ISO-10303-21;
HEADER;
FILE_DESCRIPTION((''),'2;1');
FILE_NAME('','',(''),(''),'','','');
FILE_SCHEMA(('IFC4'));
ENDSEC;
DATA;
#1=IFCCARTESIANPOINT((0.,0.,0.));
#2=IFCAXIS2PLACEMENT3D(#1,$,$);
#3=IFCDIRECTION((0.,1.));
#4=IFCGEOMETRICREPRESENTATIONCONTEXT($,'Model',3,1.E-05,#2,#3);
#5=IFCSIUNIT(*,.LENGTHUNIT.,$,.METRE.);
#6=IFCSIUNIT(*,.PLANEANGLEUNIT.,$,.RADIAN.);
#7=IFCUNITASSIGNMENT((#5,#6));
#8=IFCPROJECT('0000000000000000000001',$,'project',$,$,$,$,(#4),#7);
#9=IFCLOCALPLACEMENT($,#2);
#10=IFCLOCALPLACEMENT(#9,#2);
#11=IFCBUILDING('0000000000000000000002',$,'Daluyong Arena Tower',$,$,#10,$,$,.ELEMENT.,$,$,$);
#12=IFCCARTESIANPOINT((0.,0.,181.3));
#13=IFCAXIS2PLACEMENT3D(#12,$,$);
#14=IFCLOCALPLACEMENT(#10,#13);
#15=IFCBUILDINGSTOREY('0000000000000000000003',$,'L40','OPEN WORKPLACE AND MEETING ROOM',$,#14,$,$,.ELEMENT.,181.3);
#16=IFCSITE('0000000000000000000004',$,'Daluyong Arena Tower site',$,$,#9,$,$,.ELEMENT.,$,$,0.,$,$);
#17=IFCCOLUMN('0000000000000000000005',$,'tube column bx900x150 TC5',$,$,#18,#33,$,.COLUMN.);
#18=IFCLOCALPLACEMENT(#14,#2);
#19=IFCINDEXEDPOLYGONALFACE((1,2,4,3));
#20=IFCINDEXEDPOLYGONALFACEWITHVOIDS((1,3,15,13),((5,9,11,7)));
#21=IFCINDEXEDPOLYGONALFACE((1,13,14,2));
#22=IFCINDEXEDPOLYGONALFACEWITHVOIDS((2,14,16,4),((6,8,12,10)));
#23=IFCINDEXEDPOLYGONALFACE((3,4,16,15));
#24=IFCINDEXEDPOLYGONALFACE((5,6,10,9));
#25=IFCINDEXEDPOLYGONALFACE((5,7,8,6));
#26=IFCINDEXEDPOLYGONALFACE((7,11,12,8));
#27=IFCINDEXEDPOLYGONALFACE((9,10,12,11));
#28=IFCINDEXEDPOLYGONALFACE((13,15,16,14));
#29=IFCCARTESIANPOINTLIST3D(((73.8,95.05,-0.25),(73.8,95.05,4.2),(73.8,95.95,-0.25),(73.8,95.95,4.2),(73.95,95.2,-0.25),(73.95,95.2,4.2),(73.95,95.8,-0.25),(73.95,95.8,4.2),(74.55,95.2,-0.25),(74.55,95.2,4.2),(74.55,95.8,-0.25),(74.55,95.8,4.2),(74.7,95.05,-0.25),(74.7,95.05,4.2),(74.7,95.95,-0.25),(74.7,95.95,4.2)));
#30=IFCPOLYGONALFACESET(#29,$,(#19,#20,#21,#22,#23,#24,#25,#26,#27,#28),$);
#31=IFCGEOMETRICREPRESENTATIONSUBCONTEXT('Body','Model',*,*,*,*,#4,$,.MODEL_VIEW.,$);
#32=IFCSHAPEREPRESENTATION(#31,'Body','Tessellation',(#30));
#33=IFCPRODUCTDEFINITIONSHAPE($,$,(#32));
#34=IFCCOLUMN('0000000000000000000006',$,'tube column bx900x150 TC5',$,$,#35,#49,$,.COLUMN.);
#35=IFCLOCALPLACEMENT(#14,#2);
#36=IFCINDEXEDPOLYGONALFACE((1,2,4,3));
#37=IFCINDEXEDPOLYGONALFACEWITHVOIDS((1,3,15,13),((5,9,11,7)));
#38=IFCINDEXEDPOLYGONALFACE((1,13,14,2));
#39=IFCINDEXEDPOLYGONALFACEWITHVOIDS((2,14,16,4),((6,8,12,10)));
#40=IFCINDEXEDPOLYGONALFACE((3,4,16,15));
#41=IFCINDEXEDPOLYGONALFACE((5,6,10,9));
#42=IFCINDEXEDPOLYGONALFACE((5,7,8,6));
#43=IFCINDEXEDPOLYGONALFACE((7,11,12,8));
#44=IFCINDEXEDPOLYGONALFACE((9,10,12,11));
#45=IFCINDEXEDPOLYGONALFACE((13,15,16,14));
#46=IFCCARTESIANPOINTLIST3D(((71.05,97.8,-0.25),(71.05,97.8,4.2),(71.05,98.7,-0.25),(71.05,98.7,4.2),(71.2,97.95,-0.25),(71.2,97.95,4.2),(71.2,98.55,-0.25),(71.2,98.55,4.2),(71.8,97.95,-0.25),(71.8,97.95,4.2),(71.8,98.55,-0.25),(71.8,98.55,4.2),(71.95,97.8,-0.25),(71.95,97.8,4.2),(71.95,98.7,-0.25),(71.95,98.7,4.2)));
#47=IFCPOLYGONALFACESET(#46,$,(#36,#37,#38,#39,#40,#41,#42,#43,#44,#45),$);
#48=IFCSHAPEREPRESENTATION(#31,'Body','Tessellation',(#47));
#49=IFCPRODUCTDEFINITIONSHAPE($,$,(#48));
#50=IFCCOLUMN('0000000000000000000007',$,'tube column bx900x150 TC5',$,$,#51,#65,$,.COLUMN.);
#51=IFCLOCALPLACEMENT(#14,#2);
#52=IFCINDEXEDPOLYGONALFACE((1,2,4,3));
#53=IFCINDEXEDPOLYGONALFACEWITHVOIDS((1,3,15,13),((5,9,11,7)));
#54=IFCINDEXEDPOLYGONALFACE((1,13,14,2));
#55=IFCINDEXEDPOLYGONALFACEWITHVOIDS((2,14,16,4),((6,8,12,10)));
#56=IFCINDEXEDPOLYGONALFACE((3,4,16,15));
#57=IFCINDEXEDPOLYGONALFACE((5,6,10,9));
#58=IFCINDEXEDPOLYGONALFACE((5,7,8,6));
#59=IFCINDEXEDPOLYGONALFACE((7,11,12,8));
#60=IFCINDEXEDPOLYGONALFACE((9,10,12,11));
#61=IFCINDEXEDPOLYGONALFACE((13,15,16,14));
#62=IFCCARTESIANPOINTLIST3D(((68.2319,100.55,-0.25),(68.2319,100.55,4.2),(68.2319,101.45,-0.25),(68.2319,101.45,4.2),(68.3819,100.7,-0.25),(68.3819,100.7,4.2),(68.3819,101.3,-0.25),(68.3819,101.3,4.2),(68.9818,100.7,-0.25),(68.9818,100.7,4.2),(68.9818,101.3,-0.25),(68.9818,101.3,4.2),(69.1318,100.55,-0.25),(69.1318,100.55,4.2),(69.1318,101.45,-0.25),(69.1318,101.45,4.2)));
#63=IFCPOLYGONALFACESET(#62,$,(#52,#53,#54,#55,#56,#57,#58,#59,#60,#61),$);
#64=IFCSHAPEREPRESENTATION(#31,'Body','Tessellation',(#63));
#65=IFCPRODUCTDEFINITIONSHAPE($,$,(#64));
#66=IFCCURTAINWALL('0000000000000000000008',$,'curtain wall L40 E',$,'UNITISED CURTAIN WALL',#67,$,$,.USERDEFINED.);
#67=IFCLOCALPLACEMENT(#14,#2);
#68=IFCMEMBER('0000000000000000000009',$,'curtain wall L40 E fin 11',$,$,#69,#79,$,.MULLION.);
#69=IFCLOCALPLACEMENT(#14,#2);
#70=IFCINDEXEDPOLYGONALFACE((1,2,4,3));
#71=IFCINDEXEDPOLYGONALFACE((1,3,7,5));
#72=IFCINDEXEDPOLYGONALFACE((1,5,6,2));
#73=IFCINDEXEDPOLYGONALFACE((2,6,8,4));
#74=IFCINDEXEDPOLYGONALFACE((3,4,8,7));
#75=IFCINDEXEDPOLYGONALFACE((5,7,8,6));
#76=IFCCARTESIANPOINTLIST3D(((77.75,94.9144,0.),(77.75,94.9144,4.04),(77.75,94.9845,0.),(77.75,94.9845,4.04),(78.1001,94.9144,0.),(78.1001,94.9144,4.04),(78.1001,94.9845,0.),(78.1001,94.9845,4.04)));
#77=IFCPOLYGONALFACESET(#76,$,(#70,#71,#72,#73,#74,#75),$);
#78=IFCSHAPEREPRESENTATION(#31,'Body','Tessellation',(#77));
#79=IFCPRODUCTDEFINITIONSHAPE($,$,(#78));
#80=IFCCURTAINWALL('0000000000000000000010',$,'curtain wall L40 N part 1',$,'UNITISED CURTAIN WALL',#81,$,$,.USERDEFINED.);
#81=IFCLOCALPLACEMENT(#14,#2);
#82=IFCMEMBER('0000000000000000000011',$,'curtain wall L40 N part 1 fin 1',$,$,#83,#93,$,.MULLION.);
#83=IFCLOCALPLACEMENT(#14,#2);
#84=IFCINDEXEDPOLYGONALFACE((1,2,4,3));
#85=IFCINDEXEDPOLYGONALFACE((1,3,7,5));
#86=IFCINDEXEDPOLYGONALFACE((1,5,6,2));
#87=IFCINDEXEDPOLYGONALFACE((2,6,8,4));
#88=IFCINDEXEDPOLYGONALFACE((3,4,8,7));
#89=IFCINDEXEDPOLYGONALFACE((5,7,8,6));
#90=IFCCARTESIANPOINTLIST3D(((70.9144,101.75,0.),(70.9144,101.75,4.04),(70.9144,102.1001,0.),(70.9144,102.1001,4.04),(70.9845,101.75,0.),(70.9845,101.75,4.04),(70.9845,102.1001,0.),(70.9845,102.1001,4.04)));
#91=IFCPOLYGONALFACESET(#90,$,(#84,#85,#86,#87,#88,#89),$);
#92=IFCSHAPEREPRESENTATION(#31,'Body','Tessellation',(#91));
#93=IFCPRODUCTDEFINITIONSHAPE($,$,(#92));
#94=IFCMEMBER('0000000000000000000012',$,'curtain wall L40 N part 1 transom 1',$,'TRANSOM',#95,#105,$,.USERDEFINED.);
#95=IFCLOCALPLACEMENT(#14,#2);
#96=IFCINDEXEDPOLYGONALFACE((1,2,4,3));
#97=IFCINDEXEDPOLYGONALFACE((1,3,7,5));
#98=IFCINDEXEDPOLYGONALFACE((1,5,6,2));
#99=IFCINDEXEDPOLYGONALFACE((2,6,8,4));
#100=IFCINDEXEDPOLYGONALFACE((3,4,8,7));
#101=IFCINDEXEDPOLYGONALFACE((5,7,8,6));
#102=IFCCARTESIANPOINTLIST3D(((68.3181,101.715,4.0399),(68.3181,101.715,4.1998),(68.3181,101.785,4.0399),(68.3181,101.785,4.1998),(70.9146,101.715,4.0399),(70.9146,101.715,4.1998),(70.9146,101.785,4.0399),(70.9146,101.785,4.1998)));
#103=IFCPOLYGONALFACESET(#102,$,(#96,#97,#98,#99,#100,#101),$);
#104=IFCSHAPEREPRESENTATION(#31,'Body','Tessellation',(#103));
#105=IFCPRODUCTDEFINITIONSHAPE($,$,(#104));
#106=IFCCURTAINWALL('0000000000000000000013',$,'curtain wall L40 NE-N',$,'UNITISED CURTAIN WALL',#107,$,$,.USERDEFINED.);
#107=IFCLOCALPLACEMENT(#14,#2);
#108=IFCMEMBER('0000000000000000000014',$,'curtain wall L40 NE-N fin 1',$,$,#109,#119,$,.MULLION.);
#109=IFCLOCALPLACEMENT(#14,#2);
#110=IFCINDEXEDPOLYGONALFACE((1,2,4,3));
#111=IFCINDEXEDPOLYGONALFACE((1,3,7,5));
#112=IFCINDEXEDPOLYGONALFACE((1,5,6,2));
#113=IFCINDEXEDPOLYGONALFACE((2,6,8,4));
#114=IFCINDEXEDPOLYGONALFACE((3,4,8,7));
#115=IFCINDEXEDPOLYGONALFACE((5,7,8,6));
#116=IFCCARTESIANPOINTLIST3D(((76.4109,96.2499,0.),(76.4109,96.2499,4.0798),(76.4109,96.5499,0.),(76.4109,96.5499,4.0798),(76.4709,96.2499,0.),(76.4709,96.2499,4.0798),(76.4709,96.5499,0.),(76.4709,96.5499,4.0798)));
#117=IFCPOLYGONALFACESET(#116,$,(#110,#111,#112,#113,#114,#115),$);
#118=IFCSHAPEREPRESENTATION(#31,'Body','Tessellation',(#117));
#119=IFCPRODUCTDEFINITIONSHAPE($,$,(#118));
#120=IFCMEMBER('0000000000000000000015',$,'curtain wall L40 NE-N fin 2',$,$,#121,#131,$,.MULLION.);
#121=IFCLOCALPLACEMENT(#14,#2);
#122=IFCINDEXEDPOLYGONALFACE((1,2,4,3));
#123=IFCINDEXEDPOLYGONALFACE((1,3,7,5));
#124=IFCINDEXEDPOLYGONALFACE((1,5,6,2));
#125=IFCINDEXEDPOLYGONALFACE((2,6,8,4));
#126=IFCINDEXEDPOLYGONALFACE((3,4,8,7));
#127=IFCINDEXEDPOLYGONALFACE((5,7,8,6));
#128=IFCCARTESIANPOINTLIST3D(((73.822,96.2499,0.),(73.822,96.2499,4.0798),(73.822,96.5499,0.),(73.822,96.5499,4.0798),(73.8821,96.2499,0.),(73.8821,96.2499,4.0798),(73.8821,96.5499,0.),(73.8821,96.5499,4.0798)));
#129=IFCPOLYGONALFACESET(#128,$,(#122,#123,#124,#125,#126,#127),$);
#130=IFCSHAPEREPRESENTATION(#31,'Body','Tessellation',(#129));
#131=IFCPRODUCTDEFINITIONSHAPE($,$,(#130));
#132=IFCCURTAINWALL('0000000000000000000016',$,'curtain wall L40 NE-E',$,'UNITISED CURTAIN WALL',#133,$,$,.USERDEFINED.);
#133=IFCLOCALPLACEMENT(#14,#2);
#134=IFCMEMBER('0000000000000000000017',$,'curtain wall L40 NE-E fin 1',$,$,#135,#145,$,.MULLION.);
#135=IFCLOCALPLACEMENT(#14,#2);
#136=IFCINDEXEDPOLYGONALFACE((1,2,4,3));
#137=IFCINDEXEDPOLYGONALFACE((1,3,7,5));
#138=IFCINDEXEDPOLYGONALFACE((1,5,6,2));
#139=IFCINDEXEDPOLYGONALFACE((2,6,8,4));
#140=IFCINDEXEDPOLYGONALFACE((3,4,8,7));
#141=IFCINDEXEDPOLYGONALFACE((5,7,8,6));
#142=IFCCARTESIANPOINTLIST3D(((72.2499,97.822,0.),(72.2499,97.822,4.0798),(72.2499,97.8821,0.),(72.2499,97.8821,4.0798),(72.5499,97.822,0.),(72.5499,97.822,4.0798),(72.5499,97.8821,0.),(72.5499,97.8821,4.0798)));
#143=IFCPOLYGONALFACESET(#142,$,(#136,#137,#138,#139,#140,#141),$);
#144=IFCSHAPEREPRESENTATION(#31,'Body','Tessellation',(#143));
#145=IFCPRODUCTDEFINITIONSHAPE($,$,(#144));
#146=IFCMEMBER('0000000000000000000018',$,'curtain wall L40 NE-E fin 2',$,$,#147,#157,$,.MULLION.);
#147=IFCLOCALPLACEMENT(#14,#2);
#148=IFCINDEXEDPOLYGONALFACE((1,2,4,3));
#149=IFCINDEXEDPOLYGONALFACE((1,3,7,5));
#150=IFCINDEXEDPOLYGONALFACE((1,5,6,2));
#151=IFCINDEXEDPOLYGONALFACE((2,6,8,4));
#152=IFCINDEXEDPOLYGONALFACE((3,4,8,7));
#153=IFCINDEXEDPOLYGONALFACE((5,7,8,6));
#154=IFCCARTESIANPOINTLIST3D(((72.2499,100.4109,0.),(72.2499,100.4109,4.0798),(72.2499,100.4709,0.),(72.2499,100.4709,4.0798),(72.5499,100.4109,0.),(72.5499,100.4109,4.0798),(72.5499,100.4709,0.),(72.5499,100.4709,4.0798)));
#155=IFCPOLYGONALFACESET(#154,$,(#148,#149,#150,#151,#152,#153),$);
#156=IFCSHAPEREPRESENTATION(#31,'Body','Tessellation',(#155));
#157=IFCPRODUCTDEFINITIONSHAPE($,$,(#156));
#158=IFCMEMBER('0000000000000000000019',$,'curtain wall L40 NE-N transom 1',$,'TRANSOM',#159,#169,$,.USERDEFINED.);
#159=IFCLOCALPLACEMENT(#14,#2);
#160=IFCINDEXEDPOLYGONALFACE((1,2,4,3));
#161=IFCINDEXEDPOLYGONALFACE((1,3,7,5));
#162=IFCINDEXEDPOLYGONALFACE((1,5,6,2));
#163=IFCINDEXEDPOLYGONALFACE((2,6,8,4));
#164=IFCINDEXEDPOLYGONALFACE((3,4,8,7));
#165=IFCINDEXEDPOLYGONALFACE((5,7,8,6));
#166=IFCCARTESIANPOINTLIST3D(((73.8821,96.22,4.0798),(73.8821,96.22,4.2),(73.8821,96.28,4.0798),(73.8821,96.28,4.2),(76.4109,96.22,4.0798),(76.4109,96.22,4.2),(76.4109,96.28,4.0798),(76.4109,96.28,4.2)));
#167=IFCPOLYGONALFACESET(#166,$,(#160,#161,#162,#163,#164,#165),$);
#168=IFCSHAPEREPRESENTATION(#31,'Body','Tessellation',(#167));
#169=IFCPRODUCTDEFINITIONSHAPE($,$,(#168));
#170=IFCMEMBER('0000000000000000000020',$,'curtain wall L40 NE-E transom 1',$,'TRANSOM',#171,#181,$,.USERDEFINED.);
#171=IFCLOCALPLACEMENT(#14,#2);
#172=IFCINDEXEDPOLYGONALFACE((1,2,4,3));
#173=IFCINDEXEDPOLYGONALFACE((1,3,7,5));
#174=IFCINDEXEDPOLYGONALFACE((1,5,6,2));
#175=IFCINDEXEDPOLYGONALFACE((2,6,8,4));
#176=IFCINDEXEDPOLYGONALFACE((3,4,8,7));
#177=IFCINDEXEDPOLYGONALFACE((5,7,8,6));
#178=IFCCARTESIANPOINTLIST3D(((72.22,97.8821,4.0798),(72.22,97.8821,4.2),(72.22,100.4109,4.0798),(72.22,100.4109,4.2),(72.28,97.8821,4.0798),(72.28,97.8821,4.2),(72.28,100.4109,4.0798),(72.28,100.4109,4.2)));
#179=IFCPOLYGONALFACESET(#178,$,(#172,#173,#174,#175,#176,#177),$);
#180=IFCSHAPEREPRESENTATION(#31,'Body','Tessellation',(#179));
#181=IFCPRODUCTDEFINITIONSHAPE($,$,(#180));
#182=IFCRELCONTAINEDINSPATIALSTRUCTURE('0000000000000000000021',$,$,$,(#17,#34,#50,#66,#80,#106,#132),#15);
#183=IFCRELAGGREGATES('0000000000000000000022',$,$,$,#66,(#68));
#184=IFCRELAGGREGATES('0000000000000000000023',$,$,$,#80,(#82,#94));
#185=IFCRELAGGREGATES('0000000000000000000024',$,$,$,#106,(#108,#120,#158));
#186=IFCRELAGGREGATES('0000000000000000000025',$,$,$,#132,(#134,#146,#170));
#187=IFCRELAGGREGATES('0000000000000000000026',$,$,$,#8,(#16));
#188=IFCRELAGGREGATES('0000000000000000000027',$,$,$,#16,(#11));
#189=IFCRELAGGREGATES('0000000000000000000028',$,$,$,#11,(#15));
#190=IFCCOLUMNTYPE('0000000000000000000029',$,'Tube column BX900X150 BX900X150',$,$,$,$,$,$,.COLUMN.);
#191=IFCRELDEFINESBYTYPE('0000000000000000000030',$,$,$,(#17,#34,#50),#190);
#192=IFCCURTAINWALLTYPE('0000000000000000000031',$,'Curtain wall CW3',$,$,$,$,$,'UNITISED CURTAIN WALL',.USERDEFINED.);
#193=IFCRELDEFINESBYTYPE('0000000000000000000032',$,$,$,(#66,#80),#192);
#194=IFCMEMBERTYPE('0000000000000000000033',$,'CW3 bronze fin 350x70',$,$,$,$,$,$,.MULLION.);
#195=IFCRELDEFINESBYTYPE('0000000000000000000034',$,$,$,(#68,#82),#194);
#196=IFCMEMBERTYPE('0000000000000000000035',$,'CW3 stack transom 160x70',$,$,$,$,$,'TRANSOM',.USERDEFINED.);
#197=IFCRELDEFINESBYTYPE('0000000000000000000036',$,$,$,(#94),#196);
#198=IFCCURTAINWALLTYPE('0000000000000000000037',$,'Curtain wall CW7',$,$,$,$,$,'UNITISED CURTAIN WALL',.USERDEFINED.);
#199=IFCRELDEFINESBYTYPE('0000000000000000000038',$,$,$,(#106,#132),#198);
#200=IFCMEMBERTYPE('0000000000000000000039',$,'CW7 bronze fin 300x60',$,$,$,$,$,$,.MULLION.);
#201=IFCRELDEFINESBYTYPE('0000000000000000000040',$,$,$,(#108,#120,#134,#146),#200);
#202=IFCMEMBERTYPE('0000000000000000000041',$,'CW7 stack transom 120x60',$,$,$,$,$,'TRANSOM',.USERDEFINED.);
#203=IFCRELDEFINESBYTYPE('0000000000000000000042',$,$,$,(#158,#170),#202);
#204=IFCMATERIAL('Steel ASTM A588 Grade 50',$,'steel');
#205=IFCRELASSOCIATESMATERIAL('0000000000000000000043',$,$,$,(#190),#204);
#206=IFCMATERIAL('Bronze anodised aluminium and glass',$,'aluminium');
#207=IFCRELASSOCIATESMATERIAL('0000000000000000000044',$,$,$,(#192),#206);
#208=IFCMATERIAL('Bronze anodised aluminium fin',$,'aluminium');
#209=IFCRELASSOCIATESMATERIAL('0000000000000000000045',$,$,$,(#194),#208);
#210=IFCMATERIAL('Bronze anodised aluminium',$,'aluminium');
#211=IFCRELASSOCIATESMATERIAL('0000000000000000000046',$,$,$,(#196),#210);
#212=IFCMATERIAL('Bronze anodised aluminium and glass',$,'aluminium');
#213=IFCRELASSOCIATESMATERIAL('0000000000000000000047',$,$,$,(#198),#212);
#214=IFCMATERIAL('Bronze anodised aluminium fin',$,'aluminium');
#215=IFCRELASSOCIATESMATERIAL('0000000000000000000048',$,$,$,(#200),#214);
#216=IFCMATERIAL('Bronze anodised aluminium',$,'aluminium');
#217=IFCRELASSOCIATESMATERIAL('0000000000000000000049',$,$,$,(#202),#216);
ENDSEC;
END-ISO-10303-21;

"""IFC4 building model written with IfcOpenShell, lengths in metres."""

from ifc_helpers import new_model, si_unit, direction, frame, origin, origin_2d, place, context, subcontext, project, spatial, rectangle, hollow_rectangle, extrude, material, material_profile, profile_set, type_object, element, aggregate, save


model = new_model("IFC4")

# Units and contexts
model_context = context("Model", 3, precision=1e-05, world=origin(), true_north=direction((0.0, 1.0)))
body_context = subcontext(model_context, "Body", "Model", "MODEL_VIEW")
ifc_project = project(units=[si_unit("LENGTHUNIT", "METRE"), si_unit("PLANEANGLEUNIT", "RADIAN")], contexts=[model_context])

# Site, building, storey
site_placement = place(None, origin())
site = spatial("IfcSite", under=ifc_project, at=site_placement, Name="Daluyong Arena Tower site", CompositionType="ELEMENT", RefElevation=0.0)
building_placement = place(site_placement, origin())
building = spatial("IfcBuilding", under=site, at=building_placement, Name="Daluyong Arena Tower", CompositionType="ELEMENT")
storey_placement = place(building_placement, frame((0.0, 0.0, 181.3)))
storey = spatial("IfcBuildingStorey", under=building, at=storey_placement, Name="L40", Description="OPEN WORKPLACE AND MEETING ROOM", CompositionType="ELEMENT", Elevation=181.3)

# Columns
ifc_material_1 = material(Name="Steel ASTM A588 Grade 50", Category="steel")
ifc_material_profile_1 = material_profile(ifc_material_1, hollow_rectangle(XDim=0.8999, YDim=0.8999, WallThickness=0.15, at=origin_2d()))
ifc_profile_set_1 = profile_set([ifc_material_profile_1], Name="Steel ASTM A588 Grade 50")
column_type_1 = type_object("IfcColumnType", Name="Tube column BX900X150 BX900X150", PredefinedType="COLUMN", material=ifc_profile_set_1)
for number, where, z_axis, x_axis, name in (
    (1, (74.25, 95.5, -0.25), (0.0, 0.0, 1.0), (1.0, 0.0, 0.0), "tube column bx900x150 TC5"),
    (2, (71.5, 98.25, -0.25), (0.0, 0.0, 1.0), (0.0, 1.0, 0.0), "tube column bx900x150 TC5"),
    (3, (68.6819, 101.0, -0.25), (0.0, 0.0, 1.0), (1.0, 0.0, 0.0), "tube column bx900x150 TC5"),
):
    element("IfcColumn", number, at=place(storey_placement, frame(where, z_axis=z_axis, x_axis=x_axis)), inside=storey, type_object=column_type_1, Name=name, PredefinedType="COLUMN", context=body_context, shape_type="SweptSolid", body=[
        extrude(hollow_rectangle(XDim=0.8999, YDim=0.8999, WallThickness=0.15, at=origin_2d()), origin(), (0.0, 0.0, 1.0), 4.45),
    ])

# Curtain wall, member
ifc_material_2 = material(Name="Bronze anodised aluminium and glass", Category="aluminium")
curtain_wall_type_1 = type_object("IfcCurtainWallType", Name="Curtain wall CW3", ElementType="UNITISED CURTAIN WALL", PredefinedType="USERDEFINED", material=ifc_material_2)
curtain_wall_1_placement = place(storey_placement, origin())
curtain_wall_1 = element("IfcCurtainWall", 4, at=curtain_wall_1_placement, inside=storey, type_object=curtain_wall_type_1, Name="curtain wall L40 E", ObjectType="UNITISED CURTAIN WALL", PredefinedType="USERDEFINED")
ifc_material_3 = material(Name="Bronze anodised aluminium fin", Category="aluminium")
ifc_material_profile_2 = material_profile(ifc_material_3, rectangle(XDim=0.3501, YDim=0.0701, at=origin_2d()))
ifc_profile_set_2 = profile_set([ifc_material_profile_2], Name="Bronze anodised aluminium fin")
member_type_1 = type_object("IfcMemberType", Name="CW3 bronze fin 350x70", PredefinedType="MULLION", material=ifc_profile_set_2)
member_1_placement = place(storey_placement, frame((77.925, 94.9495, 0.0), z_axis=(0.0, 0.0, 1.0), x_axis=(-1.0, 0.0, 0.0)))
member_1 = element("IfcMember", 5, at=member_1_placement, type_object=member_type_1, Name="curtain wall L40 E fin 11", PredefinedType="MULLION", context=body_context, shape_type="SweptSolid", body=[
    extrude(rectangle(XDim=0.3501, YDim=0.0701, at=origin_2d()), origin(), (0.0, 0.0, 1.0), 4.04),
])
aggregate(curtain_wall_1, [member_1])

# Curtain walls, members
curtain_wall_2_placement = place(storey_placement, origin())
curtain_wall_2 = element("IfcCurtainWall", 6, at=curtain_wall_2_placement, inside=storey, type_object=curtain_wall_type_1, Name="curtain wall L40 N part 1", ObjectType="UNITISED CURTAIN WALL", PredefinedType="USERDEFINED")
member_2_placement = place(storey_placement, frame((70.9495, 101.925, 0.0), z_axis=(0.0, 0.0, 1.0), x_axis=(0.0, -1.0, 0.0)))
member_2 = element("IfcMember", 7, at=member_2_placement, type_object=member_type_1, Name="curtain wall L40 N part 1 fin 1", PredefinedType="MULLION", context=body_context, shape_type="SweptSolid", body=[
    extrude(rectangle(XDim=0.3501, YDim=0.0701, at=origin_2d()), origin(), (0.0, 0.0, 1.0), 4.04),
])
ifc_material_4 = material(Name="Bronze anodised aluminium", Category="aluminium")
ifc_material_profile_3 = material_profile(ifc_material_4, rectangle(XDim=0.0701, YDim=0.1599, at=origin_2d()))
ifc_profile_set_3 = profile_set([ifc_material_profile_3], Name="Bronze anodised aluminium")
member_type_2 = type_object("IfcMemberType", Name="CW3 stack transom 160x70", ElementType="TRANSOM", PredefinedType="USERDEFINED", material=ifc_profile_set_3)
member_3_placement = place(storey_placement, frame((70.9146, 101.75, 4.1199), z_axis=(-1.0, 0.0, 0.0), x_axis=(0.0, -1.0, 0.0)))
member_3 = element("IfcMember", 8, at=member_3_placement, type_object=member_type_2, Name="curtain wall L40 N part 1 transom 1", ObjectType="TRANSOM", PredefinedType="USERDEFINED", context=body_context, shape_type="SweptSolid", body=[
    extrude(rectangle(XDim=0.0701, YDim=0.1599, at=origin_2d()), origin(), (0.0, 0.0, 1.0), 2.5964),
])
ifc_material_5 = material(Name="Bronze anodised aluminium and glass", Category="aluminium")
curtain_wall_type_2 = type_object("IfcCurtainWallType", Name="Curtain wall CW7", ElementType="UNITISED CURTAIN WALL", PredefinedType="USERDEFINED", material=ifc_material_5)
curtain_wall_3_placement = place(storey_placement, origin())
curtain_wall_3 = element("IfcCurtainWall", 9, at=curtain_wall_3_placement, inside=storey, type_object=curtain_wall_type_2, Name="curtain wall L40 NE-N", ObjectType="UNITISED CURTAIN WALL", PredefinedType="USERDEFINED")
ifc_material_6 = material(Name="Bronze anodised aluminium fin", Category="aluminium")
ifc_material_profile_4 = material_profile(ifc_material_6, rectangle(XDim=0.3, YDim=0.0601, at=origin_2d()))
ifc_profile_set_4 = profile_set([ifc_material_profile_4], Name="Bronze anodised aluminium fin")
member_type_3 = type_object("IfcMemberType", Name="CW7 bronze fin 300x60", PredefinedType="MULLION", material=ifc_profile_set_4)
member_4_placement = place(storey_placement, frame((76.4409, 96.3999, 0.0), z_axis=(0.0, 0.0, 1.0), x_axis=(0.0, -1.0, 0.0)))
member_4 = element("IfcMember", 10, at=member_4_placement, type_object=member_type_3, Name="curtain wall L40 NE-N fin 1", PredefinedType="MULLION", context=body_context, shape_type="SweptSolid", body=[
    extrude(rectangle(XDim=0.3, YDim=0.0601, at=origin_2d()), origin(), (0.0, 0.0, 1.0), 4.0798),
])
member_5_placement = place(storey_placement, frame((73.8521, 96.3999, 0.0), z_axis=(0.0, 0.0, 1.0), x_axis=(0.0, -1.0, 0.0)))
member_5 = element("IfcMember", 11, at=member_5_placement, type_object=member_type_3, Name="curtain wall L40 NE-N fin 2", PredefinedType="MULLION", context=body_context, shape_type="SweptSolid", body=[
    extrude(rectangle(XDim=0.3, YDim=0.0601, at=origin_2d()), origin(), (0.0, 0.0, 1.0), 4.0798),
])
curtain_wall_4_placement = place(storey_placement, origin())
curtain_wall_4 = element("IfcCurtainWall", 12, at=curtain_wall_4_placement, inside=storey, type_object=curtain_wall_type_2, Name="curtain wall L40 NE-E", ObjectType="UNITISED CURTAIN WALL", PredefinedType="USERDEFINED")
member_6_placement = place(storey_placement, frame((72.3999, 97.8521, 0.0), z_axis=(0.0, 0.0, 1.0), x_axis=(-1.0, 0.0, 0.0)))
member_6 = element("IfcMember", 13, at=member_6_placement, type_object=member_type_3, Name="curtain wall L40 NE-E fin 1", PredefinedType="MULLION", context=body_context, shape_type="SweptSolid", body=[
    extrude(rectangle(XDim=0.3, YDim=0.0601, at=origin_2d()), origin(), (0.0, 0.0, 1.0), 4.0798),
])
member_7_placement = place(storey_placement, frame((72.3999, 100.4409, 0.0), z_axis=(0.0, 0.0, 1.0), x_axis=(-1.0, 0.0, 0.0)))
member_7 = element("IfcMember", 14, at=member_7_placement, type_object=member_type_3, Name="curtain wall L40 NE-E fin 2", PredefinedType="MULLION", context=body_context, shape_type="SweptSolid", body=[
    extrude(rectangle(XDim=0.3, YDim=0.0601, at=origin_2d()), origin(), (0.0, 0.0, 1.0), 4.0798),
])

# Members
ifc_material_7 = material(Name="Bronze anodised aluminium", Category="aluminium")
ifc_material_profile_5 = material_profile(ifc_material_7, rectangle(XDim=0.0601, YDim=0.1201, at=origin_2d()))
ifc_profile_set_5 = profile_set([ifc_material_profile_5], Name="Bronze anodised aluminium")
member_type_4 = type_object("IfcMemberType", Name="CW7 stack transom 120x60", ElementType="TRANSOM", PredefinedType="USERDEFINED", material=ifc_profile_set_5)
member_8_placement = place(storey_placement, frame((76.4109, 96.25, 4.1399), z_axis=(-1.0, 0.0, 0.0), x_axis=(0.0, -1.0, 0.0)))
member_8 = element("IfcMember", 15, at=member_8_placement, type_object=member_type_4, Name="curtain wall L40 NE-N transom 1", ObjectType="TRANSOM", PredefinedType="USERDEFINED", context=body_context, shape_type="SweptSolid", body=[
    extrude(rectangle(XDim=0.0601, YDim=0.1201, at=origin_2d()), origin(), (0.0, 0.0, 1.0), 2.5288),
])
member_9_placement = place(storey_placement, frame((72.25, 97.8821, 4.1399), z_axis=(0.0, 1.0, 0.0), x_axis=(-1.0, 0.0, 0.0)))
member_9 = element("IfcMember", 16, at=member_9_placement, type_object=member_type_4, Name="curtain wall L40 NE-E transom 1", ObjectType="TRANSOM", PredefinedType="USERDEFINED", context=body_context, shape_type="SweptSolid", body=[
    extrude(rectangle(XDim=0.0601, YDim=0.1201, at=origin_2d()), origin(), (0.0, 0.0, 1.0), 2.5288),
])

aggregate(curtain_wall_2, [member_2, member_3])
aggregate(curtain_wall_3, [member_4, member_5, member_8])
aggregate(curtain_wall_4, [member_6, member_7, member_9])

save(model, "model.ifc")
